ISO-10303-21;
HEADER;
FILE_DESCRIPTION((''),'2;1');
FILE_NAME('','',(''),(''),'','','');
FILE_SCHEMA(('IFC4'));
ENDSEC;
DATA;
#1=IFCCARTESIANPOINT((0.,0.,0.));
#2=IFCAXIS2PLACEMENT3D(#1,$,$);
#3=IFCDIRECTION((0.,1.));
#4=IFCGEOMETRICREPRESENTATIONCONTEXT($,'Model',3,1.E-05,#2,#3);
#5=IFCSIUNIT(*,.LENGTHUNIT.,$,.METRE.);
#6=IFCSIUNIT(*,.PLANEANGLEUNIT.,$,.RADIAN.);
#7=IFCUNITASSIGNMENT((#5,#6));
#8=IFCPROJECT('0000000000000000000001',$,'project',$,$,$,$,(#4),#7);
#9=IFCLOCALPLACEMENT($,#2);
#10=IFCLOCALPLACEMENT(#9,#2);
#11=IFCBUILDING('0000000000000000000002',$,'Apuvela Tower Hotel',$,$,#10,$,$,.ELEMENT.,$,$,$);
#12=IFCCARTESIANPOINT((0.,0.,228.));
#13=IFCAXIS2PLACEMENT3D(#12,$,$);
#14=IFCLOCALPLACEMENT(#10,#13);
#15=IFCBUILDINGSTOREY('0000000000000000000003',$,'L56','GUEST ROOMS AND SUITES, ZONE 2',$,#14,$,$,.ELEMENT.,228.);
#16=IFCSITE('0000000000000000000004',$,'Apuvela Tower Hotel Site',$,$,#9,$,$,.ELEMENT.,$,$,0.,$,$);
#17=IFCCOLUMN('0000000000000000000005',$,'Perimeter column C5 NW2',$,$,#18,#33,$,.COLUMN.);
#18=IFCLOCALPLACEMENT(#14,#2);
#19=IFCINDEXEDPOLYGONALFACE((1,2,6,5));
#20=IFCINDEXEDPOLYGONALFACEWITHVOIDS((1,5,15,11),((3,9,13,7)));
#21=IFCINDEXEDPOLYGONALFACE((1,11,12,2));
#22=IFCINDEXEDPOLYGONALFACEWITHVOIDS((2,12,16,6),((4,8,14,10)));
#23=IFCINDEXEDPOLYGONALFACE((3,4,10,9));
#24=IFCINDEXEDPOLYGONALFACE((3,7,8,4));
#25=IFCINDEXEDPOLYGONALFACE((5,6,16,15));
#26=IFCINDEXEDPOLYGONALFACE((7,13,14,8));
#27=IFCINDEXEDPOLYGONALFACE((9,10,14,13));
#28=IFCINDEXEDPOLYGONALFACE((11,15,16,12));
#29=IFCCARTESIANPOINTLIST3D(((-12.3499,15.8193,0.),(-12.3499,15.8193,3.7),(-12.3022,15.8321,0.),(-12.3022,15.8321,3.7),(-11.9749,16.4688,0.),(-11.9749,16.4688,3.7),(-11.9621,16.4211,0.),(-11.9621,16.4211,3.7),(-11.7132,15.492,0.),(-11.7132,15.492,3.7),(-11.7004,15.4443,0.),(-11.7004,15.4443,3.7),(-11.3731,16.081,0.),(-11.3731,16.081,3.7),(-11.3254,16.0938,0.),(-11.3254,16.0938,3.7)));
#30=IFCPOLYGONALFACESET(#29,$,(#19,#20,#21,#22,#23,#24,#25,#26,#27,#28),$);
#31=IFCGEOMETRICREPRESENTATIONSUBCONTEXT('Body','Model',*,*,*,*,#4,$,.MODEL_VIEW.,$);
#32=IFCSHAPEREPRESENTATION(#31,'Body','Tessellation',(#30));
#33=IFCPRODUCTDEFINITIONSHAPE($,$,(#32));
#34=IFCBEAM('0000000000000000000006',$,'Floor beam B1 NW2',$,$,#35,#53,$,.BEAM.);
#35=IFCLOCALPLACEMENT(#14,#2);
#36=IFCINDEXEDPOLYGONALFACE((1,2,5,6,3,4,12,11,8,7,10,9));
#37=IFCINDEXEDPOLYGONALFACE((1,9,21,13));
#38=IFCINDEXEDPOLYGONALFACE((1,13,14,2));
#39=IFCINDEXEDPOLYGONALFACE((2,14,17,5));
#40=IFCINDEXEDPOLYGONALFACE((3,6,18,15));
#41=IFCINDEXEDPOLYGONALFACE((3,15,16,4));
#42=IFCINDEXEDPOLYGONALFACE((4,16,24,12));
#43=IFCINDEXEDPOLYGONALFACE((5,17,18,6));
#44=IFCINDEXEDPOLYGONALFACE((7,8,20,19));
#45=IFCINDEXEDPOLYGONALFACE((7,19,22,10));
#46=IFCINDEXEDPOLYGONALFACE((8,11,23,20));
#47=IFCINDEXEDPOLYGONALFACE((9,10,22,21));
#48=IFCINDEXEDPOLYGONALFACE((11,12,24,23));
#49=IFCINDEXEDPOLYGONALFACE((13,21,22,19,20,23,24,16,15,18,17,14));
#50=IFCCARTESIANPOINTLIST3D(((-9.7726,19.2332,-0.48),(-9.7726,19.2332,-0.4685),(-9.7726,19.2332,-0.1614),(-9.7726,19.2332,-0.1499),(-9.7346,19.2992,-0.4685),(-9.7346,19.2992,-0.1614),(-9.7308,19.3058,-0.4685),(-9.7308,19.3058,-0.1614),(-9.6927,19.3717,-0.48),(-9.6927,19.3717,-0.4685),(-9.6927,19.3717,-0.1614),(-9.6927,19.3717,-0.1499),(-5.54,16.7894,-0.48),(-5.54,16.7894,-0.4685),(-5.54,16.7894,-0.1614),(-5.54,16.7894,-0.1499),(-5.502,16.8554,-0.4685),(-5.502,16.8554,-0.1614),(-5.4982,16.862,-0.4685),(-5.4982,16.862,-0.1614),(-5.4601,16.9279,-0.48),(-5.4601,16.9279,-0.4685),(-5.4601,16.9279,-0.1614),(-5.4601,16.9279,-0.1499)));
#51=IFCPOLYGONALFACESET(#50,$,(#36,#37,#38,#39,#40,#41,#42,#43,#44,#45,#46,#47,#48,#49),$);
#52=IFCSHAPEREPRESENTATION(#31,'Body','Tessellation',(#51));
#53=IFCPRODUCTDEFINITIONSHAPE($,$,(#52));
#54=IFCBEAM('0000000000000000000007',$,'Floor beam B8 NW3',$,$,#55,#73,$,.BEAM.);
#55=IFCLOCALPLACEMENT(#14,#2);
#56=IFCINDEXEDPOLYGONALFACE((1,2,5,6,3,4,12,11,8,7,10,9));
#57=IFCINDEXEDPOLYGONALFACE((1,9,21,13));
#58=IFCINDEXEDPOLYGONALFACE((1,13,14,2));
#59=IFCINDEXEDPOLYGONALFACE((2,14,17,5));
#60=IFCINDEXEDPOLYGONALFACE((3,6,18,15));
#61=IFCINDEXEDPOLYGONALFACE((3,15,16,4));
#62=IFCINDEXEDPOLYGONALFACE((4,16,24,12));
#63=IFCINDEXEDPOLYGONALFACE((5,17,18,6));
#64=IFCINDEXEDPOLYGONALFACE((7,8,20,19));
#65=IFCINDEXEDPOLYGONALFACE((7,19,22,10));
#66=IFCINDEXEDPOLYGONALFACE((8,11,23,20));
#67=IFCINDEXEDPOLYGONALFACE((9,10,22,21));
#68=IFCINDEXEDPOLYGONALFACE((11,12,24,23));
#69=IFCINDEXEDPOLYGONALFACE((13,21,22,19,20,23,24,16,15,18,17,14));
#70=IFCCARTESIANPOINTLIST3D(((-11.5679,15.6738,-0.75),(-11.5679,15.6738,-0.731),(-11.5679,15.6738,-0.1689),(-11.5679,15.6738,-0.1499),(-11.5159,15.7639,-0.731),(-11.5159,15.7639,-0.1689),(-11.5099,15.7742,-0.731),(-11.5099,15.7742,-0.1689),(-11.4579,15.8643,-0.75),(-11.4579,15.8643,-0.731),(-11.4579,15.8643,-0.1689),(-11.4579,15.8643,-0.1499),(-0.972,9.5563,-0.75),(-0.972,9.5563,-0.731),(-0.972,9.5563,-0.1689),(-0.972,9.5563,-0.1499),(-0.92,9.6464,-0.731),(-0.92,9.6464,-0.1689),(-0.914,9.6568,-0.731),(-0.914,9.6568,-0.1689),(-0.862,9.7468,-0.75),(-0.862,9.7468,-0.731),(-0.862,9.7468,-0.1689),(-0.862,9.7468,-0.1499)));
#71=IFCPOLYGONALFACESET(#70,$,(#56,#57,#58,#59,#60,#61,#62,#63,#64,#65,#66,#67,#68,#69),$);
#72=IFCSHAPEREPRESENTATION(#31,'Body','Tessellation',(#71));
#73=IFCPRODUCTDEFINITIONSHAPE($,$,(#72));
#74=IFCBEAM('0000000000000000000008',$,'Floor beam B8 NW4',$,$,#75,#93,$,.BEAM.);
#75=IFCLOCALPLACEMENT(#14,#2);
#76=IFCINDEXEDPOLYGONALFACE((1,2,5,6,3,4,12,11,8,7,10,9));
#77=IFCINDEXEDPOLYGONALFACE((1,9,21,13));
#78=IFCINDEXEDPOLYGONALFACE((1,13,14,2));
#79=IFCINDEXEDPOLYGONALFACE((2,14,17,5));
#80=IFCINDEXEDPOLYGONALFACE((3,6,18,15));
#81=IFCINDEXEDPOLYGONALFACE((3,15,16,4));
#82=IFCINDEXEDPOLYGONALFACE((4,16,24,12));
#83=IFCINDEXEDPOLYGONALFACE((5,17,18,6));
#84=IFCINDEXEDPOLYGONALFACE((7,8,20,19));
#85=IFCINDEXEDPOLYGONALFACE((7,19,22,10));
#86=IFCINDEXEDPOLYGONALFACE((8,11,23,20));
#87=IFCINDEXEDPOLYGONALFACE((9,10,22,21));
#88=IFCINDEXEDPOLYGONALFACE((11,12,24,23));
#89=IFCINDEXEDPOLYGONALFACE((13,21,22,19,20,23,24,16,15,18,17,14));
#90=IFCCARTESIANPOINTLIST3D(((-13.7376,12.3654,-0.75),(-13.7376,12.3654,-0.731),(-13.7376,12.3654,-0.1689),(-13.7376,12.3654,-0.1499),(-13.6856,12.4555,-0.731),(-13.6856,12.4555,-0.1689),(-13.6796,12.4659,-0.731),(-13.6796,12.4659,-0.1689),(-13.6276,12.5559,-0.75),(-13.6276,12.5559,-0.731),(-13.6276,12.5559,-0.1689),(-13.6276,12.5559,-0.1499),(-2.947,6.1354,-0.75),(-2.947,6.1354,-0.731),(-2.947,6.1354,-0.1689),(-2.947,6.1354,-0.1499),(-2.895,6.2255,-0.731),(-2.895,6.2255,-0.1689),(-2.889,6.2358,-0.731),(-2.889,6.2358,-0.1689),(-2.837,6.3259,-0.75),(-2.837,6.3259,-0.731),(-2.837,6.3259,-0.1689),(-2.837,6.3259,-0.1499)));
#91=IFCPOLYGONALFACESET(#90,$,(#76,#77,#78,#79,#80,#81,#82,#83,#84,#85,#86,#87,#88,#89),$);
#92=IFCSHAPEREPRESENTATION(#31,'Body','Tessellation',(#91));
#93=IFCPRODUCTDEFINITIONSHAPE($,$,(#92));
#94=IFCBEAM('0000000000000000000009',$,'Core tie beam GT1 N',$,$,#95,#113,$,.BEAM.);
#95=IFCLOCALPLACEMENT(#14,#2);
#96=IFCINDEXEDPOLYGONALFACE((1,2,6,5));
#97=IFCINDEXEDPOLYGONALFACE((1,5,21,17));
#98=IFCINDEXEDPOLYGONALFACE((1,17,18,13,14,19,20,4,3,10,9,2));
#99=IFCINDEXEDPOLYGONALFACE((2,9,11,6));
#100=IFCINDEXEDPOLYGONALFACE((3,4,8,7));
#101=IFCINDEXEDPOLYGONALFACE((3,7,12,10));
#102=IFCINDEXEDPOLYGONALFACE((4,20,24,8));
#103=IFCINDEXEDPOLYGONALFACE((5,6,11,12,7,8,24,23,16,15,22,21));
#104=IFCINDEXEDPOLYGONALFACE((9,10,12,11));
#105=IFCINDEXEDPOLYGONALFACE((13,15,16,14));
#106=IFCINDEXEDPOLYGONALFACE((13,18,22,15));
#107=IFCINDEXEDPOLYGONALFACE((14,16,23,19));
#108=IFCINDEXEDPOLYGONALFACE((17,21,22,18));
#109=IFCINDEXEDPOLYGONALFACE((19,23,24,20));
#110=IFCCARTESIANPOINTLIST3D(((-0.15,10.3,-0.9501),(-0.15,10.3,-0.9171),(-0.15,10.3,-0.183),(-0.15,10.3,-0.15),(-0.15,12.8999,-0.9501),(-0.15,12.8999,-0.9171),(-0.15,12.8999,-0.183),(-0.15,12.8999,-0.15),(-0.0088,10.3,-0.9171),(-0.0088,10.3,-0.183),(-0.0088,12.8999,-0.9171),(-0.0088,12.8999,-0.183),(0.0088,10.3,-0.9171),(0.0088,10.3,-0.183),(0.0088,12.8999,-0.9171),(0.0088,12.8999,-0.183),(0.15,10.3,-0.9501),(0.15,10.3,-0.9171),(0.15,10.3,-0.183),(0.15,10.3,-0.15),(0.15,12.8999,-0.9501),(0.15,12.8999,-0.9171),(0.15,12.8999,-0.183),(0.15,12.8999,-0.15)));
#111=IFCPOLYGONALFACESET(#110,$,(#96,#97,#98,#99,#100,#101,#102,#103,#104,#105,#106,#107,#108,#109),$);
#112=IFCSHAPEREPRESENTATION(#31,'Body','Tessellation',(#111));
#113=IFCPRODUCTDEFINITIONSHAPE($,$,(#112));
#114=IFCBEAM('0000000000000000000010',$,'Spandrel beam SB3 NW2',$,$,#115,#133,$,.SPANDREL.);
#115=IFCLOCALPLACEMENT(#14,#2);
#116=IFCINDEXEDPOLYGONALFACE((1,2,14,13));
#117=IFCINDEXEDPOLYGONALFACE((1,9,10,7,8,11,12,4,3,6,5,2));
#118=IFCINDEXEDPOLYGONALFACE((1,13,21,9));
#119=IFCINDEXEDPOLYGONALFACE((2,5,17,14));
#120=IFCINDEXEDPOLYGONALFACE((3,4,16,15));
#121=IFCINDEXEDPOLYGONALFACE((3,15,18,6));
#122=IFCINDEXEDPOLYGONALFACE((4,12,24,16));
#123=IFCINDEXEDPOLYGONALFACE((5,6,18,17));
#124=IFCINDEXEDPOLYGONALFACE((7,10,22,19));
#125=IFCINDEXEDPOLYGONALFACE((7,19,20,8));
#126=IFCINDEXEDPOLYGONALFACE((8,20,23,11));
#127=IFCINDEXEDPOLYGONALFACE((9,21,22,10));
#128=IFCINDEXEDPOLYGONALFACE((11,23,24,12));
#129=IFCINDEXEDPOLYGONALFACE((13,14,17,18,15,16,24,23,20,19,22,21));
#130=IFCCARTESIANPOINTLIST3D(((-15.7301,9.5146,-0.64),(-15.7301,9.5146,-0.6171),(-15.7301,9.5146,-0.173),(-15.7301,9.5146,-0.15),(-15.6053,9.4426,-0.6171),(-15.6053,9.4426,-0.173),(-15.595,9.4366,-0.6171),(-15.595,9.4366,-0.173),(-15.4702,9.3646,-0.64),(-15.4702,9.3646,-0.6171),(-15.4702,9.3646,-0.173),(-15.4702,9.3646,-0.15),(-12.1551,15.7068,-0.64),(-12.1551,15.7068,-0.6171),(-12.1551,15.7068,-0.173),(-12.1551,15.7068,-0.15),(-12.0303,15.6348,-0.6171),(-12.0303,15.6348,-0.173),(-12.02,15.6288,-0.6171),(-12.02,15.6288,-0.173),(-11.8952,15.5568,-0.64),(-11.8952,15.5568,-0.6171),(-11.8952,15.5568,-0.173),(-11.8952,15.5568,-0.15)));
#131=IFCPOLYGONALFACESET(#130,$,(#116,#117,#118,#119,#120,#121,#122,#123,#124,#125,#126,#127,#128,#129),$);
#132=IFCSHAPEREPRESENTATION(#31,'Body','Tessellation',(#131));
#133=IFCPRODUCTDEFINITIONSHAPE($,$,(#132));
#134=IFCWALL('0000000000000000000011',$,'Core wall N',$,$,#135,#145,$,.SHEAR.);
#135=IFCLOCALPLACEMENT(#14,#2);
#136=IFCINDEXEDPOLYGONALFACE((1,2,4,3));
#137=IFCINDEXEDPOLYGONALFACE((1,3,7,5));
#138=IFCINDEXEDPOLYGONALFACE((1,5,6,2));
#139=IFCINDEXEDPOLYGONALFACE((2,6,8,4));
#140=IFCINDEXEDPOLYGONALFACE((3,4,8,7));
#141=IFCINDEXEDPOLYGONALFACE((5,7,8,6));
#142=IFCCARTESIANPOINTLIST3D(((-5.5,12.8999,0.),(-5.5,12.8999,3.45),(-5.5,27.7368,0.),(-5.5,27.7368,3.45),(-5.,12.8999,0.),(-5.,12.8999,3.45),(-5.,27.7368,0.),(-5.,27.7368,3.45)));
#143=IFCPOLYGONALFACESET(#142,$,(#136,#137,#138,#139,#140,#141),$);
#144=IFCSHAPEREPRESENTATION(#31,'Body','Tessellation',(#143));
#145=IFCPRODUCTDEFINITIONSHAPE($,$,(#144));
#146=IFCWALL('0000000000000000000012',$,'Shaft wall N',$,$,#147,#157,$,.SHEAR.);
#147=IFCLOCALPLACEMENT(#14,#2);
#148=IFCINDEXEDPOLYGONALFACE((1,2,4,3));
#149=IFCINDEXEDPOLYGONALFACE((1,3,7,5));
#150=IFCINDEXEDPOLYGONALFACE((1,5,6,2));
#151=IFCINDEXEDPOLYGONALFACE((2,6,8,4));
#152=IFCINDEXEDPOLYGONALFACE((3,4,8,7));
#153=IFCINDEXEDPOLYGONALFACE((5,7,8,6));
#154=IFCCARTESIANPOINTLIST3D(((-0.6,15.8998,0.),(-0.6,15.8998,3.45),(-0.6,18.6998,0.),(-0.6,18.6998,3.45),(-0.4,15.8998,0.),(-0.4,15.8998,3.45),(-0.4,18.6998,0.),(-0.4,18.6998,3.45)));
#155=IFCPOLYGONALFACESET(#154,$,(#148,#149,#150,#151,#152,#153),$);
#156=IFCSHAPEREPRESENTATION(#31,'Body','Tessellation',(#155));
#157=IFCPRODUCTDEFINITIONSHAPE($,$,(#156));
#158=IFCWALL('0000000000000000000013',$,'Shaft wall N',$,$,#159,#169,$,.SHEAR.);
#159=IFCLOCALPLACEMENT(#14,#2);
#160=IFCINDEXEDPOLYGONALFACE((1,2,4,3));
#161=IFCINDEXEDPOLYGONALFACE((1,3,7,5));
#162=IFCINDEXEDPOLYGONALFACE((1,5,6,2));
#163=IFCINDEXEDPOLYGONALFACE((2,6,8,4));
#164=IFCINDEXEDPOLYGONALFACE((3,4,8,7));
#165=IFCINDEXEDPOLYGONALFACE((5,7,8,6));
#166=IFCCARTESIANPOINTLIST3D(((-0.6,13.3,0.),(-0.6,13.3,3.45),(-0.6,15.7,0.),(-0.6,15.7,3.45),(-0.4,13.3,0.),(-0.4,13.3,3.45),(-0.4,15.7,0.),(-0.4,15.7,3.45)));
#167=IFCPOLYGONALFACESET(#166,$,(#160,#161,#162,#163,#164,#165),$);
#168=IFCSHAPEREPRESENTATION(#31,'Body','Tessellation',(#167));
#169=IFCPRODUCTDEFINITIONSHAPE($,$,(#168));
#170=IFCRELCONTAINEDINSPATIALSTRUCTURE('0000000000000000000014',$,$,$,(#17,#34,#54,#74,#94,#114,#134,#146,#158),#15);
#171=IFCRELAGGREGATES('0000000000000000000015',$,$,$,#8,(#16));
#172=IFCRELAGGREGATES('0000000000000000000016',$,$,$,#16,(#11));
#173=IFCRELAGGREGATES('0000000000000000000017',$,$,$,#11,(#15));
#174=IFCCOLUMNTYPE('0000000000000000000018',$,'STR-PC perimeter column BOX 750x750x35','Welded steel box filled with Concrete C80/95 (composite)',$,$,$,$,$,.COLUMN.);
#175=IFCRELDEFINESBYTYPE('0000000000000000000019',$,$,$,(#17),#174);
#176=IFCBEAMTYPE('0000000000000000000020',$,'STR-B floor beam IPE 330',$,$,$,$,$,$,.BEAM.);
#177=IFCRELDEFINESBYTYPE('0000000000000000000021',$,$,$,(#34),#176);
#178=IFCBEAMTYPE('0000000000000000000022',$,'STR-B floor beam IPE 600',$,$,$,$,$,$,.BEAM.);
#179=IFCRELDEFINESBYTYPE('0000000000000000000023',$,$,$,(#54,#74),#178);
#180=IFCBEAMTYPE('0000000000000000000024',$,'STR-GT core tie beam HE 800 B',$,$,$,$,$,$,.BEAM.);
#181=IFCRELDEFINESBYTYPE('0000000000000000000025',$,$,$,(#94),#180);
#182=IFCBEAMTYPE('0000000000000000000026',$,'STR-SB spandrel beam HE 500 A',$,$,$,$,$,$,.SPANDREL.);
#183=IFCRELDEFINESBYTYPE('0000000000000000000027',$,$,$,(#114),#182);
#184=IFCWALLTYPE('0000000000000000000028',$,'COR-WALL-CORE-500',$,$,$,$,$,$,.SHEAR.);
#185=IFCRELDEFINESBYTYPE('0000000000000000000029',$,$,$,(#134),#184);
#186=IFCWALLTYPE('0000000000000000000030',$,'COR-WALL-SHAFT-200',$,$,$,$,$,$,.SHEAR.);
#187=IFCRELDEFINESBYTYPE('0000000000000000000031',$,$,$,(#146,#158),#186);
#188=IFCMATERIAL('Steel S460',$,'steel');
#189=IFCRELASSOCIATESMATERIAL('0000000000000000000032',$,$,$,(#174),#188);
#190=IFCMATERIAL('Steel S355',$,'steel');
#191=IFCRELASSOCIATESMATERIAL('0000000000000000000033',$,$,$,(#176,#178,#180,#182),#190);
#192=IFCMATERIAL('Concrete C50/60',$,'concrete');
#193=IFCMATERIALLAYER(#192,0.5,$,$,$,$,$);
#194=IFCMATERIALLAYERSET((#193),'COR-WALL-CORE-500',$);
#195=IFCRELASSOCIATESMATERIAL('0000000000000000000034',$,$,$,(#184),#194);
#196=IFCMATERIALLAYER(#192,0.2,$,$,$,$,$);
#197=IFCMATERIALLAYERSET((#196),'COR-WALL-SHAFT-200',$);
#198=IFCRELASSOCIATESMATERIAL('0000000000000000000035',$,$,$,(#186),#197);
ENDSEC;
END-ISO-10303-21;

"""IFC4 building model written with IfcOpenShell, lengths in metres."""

from ifc_helpers import new_model, si_unit, direction, frame, frame_2d, origin, origin_2d, place, context, subcontext, project, spatial, rectangle, hollow_rectangle, i_section, extrude, material, layer, layer_set, material_profile, profile_set, type_object, element, save


model = new_model("IFC4")

# Units and contexts
model_context = context("Model", 3, precision=1e-05, world=origin(), true_north=direction((0.0, 1.0)))
body_context = subcontext(model_context, "Body", "Model", "MODEL_VIEW")
ifc_project = project(units=[si_unit("LENGTHUNIT", "METRE"), si_unit("PLANEANGLEUNIT", "RADIAN")], contexts=[model_context])

# Site, building, storey
site_placement = place(None, origin())
site = spatial("IfcSite", under=ifc_project, at=site_placement, Name="Apuvela Tower Hotel Site", CompositionType="ELEMENT", RefElevation=0.0)
building_placement = place(site_placement, origin())
building = spatial("IfcBuilding", under=site, at=building_placement, Name="Apuvela Tower Hotel", CompositionType="ELEMENT")
storey_placement = place(building_placement, frame((0.0, 0.0, 228.0)))
storey = spatial("IfcBuildingStorey", under=building, at=storey_placement, Name="L56", Description="GUEST ROOMS AND SUITES, ZONE 2", CompositionType="ELEMENT", Elevation=228.0)

# Column
ifc_material_1 = material(Name="Steel S460", Category="steel")
ifc_material_profile_1 = material_profile(ifc_material_1, hollow_rectangle(XDim=0.75, YDim=0.75, WallThickness=0.0349, at=origin_2d()), Name="BOX 750x750x35")
ifc_material_2 = material(Name="Concrete C80/95", Category="concrete")
ifc_material_profile_2 = material_profile(ifc_material_2, rectangle(XDim=0.6799, YDim=0.6799, at=origin_2d()), Name="Concrete C80/95 infill")
ifc_profile_set_1 = profile_set([ifc_material_profile_1, ifc_material_profile_2], Name="Steel S460")
column_type = type_object("IfcColumnType", Name="STR-PC perimeter column BOX 750x750x35", Description="Welded steel box filled with Concrete C80/95 (composite)", PredefinedType="COLUMN", material=ifc_profile_set_1)
column_placement = place(storey_placement, frame((-11.8376, 15.9565, 0.0), z_axis=(0.0, 0.0, 1.0), x_axis=(0.5, 0.866025, 0.0)))
element("IfcColumn", 1, at=column_placement, inside=storey, type_object=column_type, Name="Perimeter column C5 NW2", PredefinedType="COLUMN", context=body_context, shape_type="SweptSolid", body=[
    extrude(hollow_rectangle(XDim=0.75, YDim=0.75, WallThickness=0.0349, at=origin_2d()), origin(), (0.0, 0.0, 1.0), 3.7),
])

# Beams
ifc_material_3 = material(Name="Steel S355", Category="steel")
ifc_material_profile_3 = material_profile(ifc_material_3, i_section(OverallWidth=0.1599, OverallDepth=0.3301, WebThickness=0.0076, FlangeThickness=0.0115, at=origin_2d()), Name="IPE 330")
ifc_profile_set_2 = profile_set([ifc_material_profile_3], Name="Steel S355")
beam_type_1 = type_object("IfcBeamType", Name="STR-B floor beam IPE 330", PredefinedType="BEAM", material=ifc_profile_set_2)
beam_1_placement = place(storey_placement, frame((-9.7327, 19.3025, -0.3149), z_axis=(0.866015, -0.500018, 0.0), x_axis=(0.500018, 0.866015, 0.0)))
element("IfcBeam", 2, at=beam_1_placement, inside=storey, type_object=beam_type_1, Name="Floor beam B1 NW2", PredefinedType="BEAM", context=body_context, shape_type="SweptSolid", body=[
    extrude(i_section(OverallWidth=0.1599, OverallDepth=0.3301, WebThickness=0.0076, FlangeThickness=0.0115, at=origin_2d()), origin(), (0.0, 0.0, 1.0), 4.8875),
])
ifc_material_profile_4 = material_profile(ifc_material_3, i_section(OverallWidth=0.22, OverallDepth=0.6001, WebThickness=0.012, FlangeThickness=0.019, at=origin_2d()), Name="IPE 600")
ifc_profile_set_3 = profile_set([ifc_material_profile_4], Name="Steel S355")
beam_type_2 = type_object("IfcBeamType", Name="STR-B floor beam IPE 600", PredefinedType="BEAM", material=ifc_profile_set_3)
beam_2_placement = place(storey_placement, frame((-11.5129, 15.769, -0.45), z_axis=(0.86603, -0.499991, 0.0), x_axis=(0.499991, 0.86603, 0.0)))
element("IfcBeam", 3, at=beam_2_placement, inside=storey, type_object=beam_type_2, Name="Floor beam B8 NW3", PredefinedType="BEAM", context=body_context, shape_type="SweptSolid", body=[
    extrude(i_section(OverallWidth=0.22, OverallDepth=0.6001, WebThickness=0.012, FlangeThickness=0.019, at=origin_2d()), origin(), (0.0, 0.0, 1.0), 12.2351),
])
beam_3_placement = place(storey_placement, frame((-13.6826, 12.4607, -0.45), z_axis=(0.866023, -0.500004, 0.0), x_axis=(0.500004, 0.866023, 0.0)))
element("IfcBeam", 4, at=beam_3_placement, inside=storey, type_object=beam_type_2, Name="Floor beam B8 NW4", PredefinedType="BEAM", context=body_context, shape_type="SweptSolid", body=[
    extrude(i_section(OverallWidth=0.22, OverallDepth=0.6001, WebThickness=0.012, FlangeThickness=0.019, at=origin_2d()), origin(), (0.0, 0.0, 1.0), 12.46),
])
ifc_material_profile_5 = material_profile(ifc_material_3, i_section(OverallWidth=0.3, OverallDepth=0.8, WebThickness=0.0176, FlangeThickness=0.033, at=origin_2d()), Name="HE 800 B")
ifc_profile_set_4 = profile_set([ifc_material_profile_5], Name="Steel S355")
beam_type_3 = type_object("IfcBeamType", Name="STR-GT core tie beam HE 800 B", PredefinedType="BEAM", material=ifc_profile_set_4)
beam_4_placement = place(storey_placement, frame((0.0, 12.8999, -0.55), z_axis=(0.0, -1.0, 0.0), x_axis=(1.0, 0.0, 0.0)))
element("IfcBeam", 5, at=beam_4_placement, inside=storey, type_object=beam_type_3, Name="Core tie beam GT1 N", PredefinedType="BEAM", context=body_context, shape_type="SweptSolid", body=[
    extrude(i_section(OverallWidth=0.3, OverallDepth=0.8, WebThickness=0.0176, FlangeThickness=0.033, at=origin_2d()), origin(), (0.0, 0.0, 1.0), 2.5999),
])
ifc_material_profile_6 = material_profile(ifc_material_3, i_section(OverallWidth=0.3, OverallDepth=0.49, WebThickness=0.012, FlangeThickness=0.0229, at=origin_2d()), Name="HE 500 A")
ifc_profile_set_5 = profile_set([ifc_material_profile_6], Name="Steel S355")
beam_type_4 = type_object("IfcBeamType", Name="STR-SB spandrel beam HE 500 A", PredefinedType="SPANDREL", material=ifc_profile_set_5)
beam_5_placement = place(storey_placement, frame((-12.0251, 15.6318, -0.395), z_axis=(-0.499991, -0.86603, 0.0), x_axis=(0.86603, -0.499991, 0.0)))
element("IfcBeam", 6, at=beam_5_placement, inside=storey, type_object=beam_type_4, Name="Spandrel beam SB3 NW2", PredefinedType="SPANDREL", context=body_context, shape_type="SweptSolid", body=[
    extrude(i_section(OverallWidth=0.3, OverallDepth=0.49, WebThickness=0.012, FlangeThickness=0.0229, at=origin_2d()), origin(), (0.0, 0.0, 1.0), 7.1501),
])

# Walls
ifc_material_4 = material(Name="Concrete C50/60", Category="concrete")
ifc_layer_1 = layer(ifc_material_4, 0.5)
ifc_layer_set_1 = layer_set([ifc_layer_1], Name="COR-WALL-CORE-500")
wall_type_1 = type_object("IfcWallType", Name="COR-WALL-CORE-500", PredefinedType="SHEAR", material=ifc_layer_set_1)
wall_1_placement = place(storey_placement, frame((-5.25, 12.8999, 0.0), z_axis=(0.0, 0.0, 1.0), x_axis=(0.0, 1.0, 0.0)))
element("IfcWall", 7, at=wall_1_placement, inside=storey, type_object=wall_type_1, Name="Core wall N", PredefinedType="SHEAR", context=body_context, shape_type="SweptSolid", body=[
    extrude(rectangle(XDim=14.8369, YDim=0.5, at=frame_2d((7.4185, 0.0))), origin(), (0.0, 0.0, 1.0), 3.45),
])
ifc_layer_2 = layer(ifc_material_4, 0.2)
ifc_layer_set_2 = layer_set([ifc_layer_2], Name="COR-WALL-SHAFT-200")
wall_type_2 = type_object("IfcWallType", Name="COR-WALL-SHAFT-200", PredefinedType="SHEAR", material=ifc_layer_set_2)
wall_2_placement = place(storey_placement, frame((-0.5, 15.8999, 0.0), z_axis=(0.0, 0.0, 1.0), x_axis=(0.0, 1.0, 0.0)))
element("IfcWall", 8, at=wall_2_placement, inside=storey, type_object=wall_type_2, Name="Shaft wall N", PredefinedType="SHEAR", context=body_context, shape_type="SweptSolid", body=[
    extrude(rectangle(XDim=2.8, YDim=0.2, at=frame_2d((1.3999, 0.0))), origin(), (0.0, 0.0, 1.0), 3.45),
])
wall_3_placement = place(storey_placement, frame((-0.5, 13.3, 0.0), z_axis=(0.0, 0.0, 1.0), x_axis=(0.0, 1.0, 0.0)))
element("IfcWall", 9, at=wall_3_placement, inside=storey, type_object=wall_type_2, Name="Shaft wall N", PredefinedType="SHEAR", context=body_context, shape_type="SweptSolid", body=[
    extrude(rectangle(XDim=2.3999, YDim=0.2, at=frame_2d((1.2, 0.0))), origin(), (0.0, 0.0, 1.0), 3.45),
])

save(model, "model.ifc")
